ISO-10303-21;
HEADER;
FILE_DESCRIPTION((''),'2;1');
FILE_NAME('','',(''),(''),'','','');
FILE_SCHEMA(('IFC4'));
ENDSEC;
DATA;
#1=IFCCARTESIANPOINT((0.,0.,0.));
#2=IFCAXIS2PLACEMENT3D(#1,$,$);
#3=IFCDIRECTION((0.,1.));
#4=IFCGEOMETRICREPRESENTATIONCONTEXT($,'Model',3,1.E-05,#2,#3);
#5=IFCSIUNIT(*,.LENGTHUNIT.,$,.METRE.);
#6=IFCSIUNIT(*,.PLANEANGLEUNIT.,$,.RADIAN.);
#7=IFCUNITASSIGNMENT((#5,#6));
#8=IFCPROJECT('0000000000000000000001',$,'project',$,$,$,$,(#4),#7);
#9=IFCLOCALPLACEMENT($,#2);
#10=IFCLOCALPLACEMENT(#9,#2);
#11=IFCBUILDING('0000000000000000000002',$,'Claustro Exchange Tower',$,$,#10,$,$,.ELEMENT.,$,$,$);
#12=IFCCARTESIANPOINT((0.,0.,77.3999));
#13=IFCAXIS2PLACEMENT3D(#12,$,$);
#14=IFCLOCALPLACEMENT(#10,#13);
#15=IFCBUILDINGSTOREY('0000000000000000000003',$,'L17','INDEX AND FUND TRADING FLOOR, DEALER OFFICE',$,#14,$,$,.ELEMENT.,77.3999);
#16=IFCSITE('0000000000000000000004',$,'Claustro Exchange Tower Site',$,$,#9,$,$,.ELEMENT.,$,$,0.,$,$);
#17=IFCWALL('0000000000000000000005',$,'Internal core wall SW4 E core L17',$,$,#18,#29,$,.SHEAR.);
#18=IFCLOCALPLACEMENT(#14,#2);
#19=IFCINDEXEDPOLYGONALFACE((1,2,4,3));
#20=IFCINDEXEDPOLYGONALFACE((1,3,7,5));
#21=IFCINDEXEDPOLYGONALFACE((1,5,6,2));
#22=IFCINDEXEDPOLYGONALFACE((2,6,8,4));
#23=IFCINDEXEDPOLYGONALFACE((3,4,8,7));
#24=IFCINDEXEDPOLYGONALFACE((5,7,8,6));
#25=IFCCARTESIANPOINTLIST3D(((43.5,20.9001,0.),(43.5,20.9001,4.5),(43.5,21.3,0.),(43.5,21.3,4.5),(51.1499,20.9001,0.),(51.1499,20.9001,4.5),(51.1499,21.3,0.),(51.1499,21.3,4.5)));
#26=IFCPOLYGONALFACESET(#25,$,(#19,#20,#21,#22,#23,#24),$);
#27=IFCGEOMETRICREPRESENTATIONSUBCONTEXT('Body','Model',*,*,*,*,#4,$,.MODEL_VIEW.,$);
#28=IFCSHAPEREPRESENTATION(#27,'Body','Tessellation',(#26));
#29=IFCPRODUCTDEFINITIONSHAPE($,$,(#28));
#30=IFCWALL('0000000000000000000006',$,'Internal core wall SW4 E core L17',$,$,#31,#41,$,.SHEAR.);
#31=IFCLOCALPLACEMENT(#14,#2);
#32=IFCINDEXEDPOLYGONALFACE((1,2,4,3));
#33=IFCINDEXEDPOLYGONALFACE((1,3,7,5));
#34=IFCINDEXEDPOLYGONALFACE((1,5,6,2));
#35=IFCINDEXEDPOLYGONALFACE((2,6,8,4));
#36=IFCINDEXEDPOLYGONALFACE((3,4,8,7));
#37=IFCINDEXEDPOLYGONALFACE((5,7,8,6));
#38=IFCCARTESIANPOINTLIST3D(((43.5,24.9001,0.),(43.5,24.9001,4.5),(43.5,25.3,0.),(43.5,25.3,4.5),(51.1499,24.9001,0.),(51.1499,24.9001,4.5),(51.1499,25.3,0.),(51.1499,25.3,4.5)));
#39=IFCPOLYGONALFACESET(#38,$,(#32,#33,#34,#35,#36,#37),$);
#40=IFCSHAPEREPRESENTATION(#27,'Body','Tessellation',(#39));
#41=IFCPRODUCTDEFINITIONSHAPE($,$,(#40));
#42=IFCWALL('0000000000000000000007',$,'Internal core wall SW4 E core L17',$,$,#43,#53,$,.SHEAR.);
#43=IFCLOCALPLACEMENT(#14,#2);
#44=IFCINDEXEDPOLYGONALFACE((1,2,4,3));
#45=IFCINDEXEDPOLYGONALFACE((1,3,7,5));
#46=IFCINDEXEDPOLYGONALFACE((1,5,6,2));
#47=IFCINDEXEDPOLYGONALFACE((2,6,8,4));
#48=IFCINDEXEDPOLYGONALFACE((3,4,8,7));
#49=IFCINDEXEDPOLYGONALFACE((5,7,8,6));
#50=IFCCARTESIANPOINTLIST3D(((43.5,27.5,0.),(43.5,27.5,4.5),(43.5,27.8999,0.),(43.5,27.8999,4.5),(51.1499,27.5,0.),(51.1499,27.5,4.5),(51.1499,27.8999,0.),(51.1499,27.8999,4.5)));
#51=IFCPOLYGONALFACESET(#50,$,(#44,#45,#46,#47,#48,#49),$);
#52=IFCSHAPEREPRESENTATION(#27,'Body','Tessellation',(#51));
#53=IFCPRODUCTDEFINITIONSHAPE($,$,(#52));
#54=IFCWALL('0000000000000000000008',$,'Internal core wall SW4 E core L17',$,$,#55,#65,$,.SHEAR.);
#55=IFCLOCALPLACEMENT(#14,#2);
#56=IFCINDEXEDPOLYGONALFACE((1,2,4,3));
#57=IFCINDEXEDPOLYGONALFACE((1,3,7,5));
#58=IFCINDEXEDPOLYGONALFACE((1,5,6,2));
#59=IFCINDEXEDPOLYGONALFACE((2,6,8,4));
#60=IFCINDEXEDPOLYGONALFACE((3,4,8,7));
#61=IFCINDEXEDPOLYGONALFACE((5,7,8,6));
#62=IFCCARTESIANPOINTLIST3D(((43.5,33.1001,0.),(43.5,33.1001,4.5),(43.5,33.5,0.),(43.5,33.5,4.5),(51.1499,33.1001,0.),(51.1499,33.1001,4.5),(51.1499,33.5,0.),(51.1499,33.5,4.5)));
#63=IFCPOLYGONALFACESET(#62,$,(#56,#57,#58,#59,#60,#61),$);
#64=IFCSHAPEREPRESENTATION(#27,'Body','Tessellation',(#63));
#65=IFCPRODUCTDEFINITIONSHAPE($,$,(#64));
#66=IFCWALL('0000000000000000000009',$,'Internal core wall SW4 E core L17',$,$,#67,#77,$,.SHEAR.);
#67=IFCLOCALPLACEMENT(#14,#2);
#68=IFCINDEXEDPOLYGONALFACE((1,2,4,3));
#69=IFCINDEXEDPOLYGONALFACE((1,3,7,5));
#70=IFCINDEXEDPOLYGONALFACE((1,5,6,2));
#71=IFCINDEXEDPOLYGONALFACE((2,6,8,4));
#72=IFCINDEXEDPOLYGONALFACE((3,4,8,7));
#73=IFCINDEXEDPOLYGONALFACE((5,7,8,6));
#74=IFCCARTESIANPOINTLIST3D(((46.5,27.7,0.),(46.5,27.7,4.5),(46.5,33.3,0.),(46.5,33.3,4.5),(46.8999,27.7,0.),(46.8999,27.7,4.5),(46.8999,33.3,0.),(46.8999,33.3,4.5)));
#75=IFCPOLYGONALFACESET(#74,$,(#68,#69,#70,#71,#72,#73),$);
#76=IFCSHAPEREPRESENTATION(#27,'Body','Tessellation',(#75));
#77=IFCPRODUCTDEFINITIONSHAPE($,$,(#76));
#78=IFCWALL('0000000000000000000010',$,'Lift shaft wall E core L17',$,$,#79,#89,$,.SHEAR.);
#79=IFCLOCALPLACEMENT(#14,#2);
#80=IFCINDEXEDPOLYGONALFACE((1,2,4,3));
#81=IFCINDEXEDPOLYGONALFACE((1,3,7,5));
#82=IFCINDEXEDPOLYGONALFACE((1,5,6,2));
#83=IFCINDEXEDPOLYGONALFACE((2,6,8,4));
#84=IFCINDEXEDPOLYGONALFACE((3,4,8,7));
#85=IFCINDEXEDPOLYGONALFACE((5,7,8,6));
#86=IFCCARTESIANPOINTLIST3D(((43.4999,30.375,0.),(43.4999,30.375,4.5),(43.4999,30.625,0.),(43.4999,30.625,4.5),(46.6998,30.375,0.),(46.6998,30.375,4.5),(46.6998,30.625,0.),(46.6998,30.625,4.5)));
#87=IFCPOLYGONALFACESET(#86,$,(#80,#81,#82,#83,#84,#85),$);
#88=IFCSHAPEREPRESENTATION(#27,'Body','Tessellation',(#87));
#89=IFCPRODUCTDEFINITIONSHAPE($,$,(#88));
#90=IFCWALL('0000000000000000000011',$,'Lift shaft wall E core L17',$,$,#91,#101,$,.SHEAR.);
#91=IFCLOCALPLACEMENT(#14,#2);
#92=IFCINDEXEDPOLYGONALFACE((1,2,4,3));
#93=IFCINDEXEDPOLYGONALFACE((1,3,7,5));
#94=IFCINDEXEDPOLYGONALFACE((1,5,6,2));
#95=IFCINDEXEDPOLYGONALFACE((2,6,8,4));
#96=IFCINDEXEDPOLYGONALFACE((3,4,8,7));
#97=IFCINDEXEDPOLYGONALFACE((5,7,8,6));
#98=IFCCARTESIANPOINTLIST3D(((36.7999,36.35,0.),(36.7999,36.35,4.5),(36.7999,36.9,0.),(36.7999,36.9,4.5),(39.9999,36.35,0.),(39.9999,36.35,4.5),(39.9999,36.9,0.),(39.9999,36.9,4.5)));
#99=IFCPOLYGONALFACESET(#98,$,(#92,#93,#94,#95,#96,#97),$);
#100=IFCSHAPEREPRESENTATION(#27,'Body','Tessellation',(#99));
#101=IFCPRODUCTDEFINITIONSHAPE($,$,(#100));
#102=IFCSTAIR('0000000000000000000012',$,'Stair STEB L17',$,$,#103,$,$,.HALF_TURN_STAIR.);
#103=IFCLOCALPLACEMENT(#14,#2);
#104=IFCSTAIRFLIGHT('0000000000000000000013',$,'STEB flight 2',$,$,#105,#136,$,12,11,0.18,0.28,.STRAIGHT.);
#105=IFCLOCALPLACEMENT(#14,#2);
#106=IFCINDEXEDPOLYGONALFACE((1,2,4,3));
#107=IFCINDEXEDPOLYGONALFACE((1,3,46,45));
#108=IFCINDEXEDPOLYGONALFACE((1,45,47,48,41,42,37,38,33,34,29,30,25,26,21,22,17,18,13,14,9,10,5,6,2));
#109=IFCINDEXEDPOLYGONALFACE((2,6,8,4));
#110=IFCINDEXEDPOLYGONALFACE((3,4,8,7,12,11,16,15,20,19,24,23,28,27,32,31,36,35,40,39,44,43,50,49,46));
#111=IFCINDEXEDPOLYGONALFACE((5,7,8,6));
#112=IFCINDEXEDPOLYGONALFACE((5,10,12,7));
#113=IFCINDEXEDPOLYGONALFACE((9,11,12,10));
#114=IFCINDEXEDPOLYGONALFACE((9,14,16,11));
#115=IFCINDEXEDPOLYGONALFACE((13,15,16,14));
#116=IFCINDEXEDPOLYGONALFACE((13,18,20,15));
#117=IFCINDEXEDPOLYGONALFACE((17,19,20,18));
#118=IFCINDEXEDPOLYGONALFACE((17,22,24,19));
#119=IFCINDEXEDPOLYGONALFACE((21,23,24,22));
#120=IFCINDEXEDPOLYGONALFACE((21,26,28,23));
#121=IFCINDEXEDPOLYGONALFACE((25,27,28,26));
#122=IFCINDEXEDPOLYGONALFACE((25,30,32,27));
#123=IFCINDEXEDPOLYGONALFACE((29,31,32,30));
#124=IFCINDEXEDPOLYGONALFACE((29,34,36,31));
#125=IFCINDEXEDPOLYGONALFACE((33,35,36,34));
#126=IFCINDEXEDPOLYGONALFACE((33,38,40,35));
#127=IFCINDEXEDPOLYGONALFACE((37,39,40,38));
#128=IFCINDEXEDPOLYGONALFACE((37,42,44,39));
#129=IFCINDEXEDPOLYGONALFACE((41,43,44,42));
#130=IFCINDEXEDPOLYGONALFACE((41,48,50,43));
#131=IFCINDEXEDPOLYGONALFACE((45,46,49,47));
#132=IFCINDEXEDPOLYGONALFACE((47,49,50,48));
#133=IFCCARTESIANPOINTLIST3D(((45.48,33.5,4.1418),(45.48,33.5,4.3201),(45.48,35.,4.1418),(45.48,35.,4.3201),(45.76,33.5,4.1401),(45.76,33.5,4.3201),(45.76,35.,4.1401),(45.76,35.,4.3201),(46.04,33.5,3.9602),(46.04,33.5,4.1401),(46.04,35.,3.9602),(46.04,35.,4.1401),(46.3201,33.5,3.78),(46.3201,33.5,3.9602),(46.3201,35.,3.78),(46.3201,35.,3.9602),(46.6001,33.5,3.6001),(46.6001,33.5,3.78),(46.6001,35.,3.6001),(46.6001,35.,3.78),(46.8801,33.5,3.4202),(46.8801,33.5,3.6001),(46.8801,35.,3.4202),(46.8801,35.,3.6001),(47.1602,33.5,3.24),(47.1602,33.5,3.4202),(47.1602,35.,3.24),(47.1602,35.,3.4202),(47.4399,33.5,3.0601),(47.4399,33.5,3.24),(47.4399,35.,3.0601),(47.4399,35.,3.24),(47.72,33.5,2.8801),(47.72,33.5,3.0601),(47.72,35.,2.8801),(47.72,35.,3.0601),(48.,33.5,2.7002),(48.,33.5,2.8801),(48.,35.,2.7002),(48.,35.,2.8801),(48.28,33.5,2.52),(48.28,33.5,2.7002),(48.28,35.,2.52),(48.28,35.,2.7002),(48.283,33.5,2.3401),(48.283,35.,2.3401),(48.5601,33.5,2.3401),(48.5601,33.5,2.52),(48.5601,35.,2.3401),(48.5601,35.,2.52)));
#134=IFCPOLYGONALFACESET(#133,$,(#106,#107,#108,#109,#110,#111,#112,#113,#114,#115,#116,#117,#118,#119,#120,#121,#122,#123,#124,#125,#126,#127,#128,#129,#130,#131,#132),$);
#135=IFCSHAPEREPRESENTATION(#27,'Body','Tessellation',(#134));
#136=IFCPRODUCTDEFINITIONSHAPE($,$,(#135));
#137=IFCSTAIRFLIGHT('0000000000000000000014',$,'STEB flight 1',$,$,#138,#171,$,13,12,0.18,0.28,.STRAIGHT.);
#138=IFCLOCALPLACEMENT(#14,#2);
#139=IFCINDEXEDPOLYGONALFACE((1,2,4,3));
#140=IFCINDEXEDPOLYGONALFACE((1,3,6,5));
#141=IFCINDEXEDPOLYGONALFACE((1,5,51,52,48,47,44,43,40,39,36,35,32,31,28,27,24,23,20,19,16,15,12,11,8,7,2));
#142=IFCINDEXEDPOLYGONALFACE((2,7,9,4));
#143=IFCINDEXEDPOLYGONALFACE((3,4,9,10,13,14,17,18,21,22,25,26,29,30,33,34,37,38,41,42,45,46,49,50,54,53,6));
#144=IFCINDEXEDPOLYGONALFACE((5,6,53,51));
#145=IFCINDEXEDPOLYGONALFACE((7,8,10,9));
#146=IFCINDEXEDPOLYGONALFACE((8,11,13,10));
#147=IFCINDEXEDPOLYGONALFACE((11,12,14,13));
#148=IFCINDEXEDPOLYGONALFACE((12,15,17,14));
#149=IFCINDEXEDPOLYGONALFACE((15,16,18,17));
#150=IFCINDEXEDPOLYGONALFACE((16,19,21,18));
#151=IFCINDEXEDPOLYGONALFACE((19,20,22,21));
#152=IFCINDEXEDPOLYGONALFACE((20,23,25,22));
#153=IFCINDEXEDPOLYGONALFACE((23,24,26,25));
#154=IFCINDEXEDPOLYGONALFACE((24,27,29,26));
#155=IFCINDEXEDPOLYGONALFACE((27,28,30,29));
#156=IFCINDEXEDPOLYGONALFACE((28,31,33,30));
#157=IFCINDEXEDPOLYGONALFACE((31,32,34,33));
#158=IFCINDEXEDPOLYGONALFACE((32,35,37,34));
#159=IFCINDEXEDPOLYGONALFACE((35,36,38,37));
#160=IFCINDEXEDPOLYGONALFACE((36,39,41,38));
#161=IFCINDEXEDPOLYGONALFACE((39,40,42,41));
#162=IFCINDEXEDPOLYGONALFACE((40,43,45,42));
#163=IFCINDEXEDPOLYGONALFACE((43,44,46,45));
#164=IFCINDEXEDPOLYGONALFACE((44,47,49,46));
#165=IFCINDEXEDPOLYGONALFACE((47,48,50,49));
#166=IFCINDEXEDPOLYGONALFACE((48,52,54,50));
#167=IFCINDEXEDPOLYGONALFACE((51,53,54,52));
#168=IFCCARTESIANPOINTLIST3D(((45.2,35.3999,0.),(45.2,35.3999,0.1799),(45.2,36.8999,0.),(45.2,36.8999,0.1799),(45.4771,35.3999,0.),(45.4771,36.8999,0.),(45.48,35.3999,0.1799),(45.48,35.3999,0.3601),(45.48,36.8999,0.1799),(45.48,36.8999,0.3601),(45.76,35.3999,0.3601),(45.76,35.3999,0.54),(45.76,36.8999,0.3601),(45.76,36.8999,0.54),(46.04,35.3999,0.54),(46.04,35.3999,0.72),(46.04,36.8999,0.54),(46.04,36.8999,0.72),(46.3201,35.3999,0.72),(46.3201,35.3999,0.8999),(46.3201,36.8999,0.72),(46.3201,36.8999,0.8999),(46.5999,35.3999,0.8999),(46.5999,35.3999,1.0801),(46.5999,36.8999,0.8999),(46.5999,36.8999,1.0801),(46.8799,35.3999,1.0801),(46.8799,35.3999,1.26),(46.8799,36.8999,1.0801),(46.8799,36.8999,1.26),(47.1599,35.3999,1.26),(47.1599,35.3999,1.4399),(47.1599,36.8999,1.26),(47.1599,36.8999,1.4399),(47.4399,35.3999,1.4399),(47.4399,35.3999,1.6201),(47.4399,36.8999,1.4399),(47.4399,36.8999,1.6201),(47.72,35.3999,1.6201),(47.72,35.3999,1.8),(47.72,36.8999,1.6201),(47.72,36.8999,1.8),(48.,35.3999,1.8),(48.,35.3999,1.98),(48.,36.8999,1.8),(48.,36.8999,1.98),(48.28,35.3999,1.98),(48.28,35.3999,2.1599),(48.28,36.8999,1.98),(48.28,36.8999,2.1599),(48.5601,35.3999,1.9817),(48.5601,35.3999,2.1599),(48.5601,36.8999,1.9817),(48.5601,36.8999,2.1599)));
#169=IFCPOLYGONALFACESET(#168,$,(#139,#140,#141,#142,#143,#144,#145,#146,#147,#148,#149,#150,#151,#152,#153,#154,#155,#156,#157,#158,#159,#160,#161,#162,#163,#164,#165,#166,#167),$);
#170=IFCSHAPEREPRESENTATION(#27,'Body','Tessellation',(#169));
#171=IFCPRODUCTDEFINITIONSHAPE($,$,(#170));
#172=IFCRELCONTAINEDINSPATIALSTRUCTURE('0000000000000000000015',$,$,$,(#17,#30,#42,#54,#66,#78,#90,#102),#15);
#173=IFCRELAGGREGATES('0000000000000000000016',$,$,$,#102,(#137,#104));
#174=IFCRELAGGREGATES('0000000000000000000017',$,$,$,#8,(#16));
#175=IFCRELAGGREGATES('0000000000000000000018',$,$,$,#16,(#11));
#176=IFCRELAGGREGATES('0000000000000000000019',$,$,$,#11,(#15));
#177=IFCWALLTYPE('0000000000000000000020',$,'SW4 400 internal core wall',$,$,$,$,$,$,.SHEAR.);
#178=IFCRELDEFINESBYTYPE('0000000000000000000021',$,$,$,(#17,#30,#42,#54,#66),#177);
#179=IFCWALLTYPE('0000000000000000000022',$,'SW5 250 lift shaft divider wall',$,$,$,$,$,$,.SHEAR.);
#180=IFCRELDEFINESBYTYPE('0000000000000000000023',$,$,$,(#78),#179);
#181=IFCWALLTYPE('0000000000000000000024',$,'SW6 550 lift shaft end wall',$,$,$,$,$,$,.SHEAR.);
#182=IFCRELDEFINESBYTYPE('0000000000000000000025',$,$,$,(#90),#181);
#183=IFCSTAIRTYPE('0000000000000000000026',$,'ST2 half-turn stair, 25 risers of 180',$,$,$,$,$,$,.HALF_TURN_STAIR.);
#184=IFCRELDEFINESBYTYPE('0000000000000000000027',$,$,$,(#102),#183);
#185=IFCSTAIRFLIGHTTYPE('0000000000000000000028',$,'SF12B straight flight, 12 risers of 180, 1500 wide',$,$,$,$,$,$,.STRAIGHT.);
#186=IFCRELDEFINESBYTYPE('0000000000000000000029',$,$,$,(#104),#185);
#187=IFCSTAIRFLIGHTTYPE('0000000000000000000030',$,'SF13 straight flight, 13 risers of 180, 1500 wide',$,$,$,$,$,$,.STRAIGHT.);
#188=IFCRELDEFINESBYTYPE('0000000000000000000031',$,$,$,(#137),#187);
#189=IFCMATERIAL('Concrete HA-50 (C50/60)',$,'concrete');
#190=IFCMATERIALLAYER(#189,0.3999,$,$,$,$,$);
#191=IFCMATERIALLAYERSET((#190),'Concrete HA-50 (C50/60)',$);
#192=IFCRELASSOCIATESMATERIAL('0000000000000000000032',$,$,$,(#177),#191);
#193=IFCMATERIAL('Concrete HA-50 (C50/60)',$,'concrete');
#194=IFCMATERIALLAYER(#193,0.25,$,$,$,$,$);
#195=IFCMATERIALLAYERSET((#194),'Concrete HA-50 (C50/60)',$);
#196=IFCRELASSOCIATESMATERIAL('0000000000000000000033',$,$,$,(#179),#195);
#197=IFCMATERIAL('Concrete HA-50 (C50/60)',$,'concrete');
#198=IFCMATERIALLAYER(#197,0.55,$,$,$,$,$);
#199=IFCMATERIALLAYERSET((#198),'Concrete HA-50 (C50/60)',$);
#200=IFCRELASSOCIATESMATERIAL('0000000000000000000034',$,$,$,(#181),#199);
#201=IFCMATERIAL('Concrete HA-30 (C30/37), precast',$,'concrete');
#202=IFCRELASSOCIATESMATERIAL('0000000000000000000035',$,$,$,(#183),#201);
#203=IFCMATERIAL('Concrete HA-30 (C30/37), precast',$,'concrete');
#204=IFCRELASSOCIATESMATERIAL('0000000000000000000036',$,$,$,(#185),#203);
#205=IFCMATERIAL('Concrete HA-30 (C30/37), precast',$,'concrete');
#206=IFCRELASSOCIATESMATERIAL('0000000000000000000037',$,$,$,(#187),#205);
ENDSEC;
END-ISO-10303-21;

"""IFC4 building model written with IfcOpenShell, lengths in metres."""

from ifc_helpers import new_model, si_unit, direction, frame, frame_2d, origin, place, context, subcontext, project, spatial, polyline, rectangle, outline, extrude, material, layer, layer_set, type_object, element, aggregate, save


model = new_model("IFC4")

# Units and contexts
model_context = context("Model", 3, precision=1e-05, world=origin(), true_north=direction((0.0, 1.0)))
body_context = subcontext(model_context, "Body", "Model", "MODEL_VIEW")
ifc_project = project(units=[si_unit("LENGTHUNIT", "METRE"), si_unit("PLANEANGLEUNIT", "RADIAN")], contexts=[model_context])

# Site, building, storey
site_placement = place(None, origin())
site = spatial("IfcSite", under=ifc_project, at=site_placement, Name="Claustro Exchange Tower Site", CompositionType="ELEMENT", RefElevation=0.0)
building_placement = place(site_placement, origin())
building = spatial("IfcBuilding", under=site, at=building_placement, Name="Claustro Exchange Tower", CompositionType="ELEMENT")
storey_placement = place(building_placement, frame((0.0, 0.0, 77.3999)))
storey = spatial("IfcBuildingStorey", under=building, at=storey_placement, Name="L17", Description="INDEX AND FUND TRADING FLOOR, DEALER OFFICE", CompositionType="ELEMENT", Elevation=77.3999)

# Walls
ifc_material_1 = material(Name="Concrete HA-50 (C50/60)", Category="concrete")
ifc_layer_1 = layer(ifc_material_1, 0.3999)
ifc_layer_set_1 = layer_set([ifc_layer_1], Name="Concrete HA-50 (C50/60)")
wall_type_1 = type_object("IfcWallType", Name="SW4 400 internal core wall", PredefinedType="SHEAR", material=ifc_layer_set_1)
for number, where, z_axis, x_axis, name in (
    (1, (51.1499, 21.1001, 0.0), (0.0, 0.0, 1.0), (-1.0, 0.0, 0.0), "Internal core wall SW4 E core L17"),
    (2, (51.1499, 25.1001, 0.0), (0.0, 0.0, 1.0), (-1.0, 0.0, 0.0), "Internal core wall SW4 E core L17"),
    (3, (51.1499, 27.7, 0.0), (0.0, 0.0, 1.0), (-1.0, 0.0, 0.0), "Internal core wall SW4 E core L17"),
    (4, (51.1499, 33.3, 0.0), (0.0, 0.0, 1.0), (-1.0, 0.0, 0.0), "Internal core wall SW4 E core L17"),
):
    element("IfcWall", number, at=place(storey_placement, frame(where, z_axis=z_axis, x_axis=x_axis)), inside=storey, type_object=wall_type_1, Name=name, PredefinedType="SHEAR", context=body_context, shape_type="SweptSolid", body=[
        extrude(rectangle(XDim=7.6499, YDim=0.3999, at=frame_2d((3.825, 0.0))), origin(), (0.0, 0.0, 1.0), 4.5),
    ])
wall_1_placement = place(storey_placement, frame((46.7, 27.7, 0.0), z_axis=(0.0, 0.0, 1.0), x_axis=(0.0, 1.0, 0.0)))
element("IfcWall", 5, at=wall_1_placement, inside=storey, type_object=wall_type_1, Name="Internal core wall SW4 E core L17", PredefinedType="SHEAR", context=body_context, shape_type="SweptSolid", body=[
    extrude(rectangle(XDim=5.6001, YDim=0.3999, at=frame_2d((2.8, 0.0))), origin(), (0.0, 0.0, 1.0), 4.5),
])
ifc_material_2 = material(Name="Concrete HA-50 (C50/60)", Category="concrete")
ifc_layer_2 = layer(ifc_material_2, 0.25)
ifc_layer_set_2 = layer_set([ifc_layer_2], Name="Concrete HA-50 (C50/60)")
wall_type_2 = type_object("IfcWallType", Name="SW5 250 lift shaft divider wall", PredefinedType="SHEAR", material=ifc_layer_set_2)
wall_2_placement = place(storey_placement, frame((46.7, 30.5, 0.0), z_axis=(0.0, 0.0, 1.0), x_axis=(-1.0, 0.0, 0.0)))
element("IfcWall", 6, at=wall_2_placement, inside=storey, type_object=wall_type_2, Name="Lift shaft wall E core L17", PredefinedType="SHEAR", context=body_context, shape_type="SweptSolid", body=[
    extrude(rectangle(XDim=3.2, YDim=0.25, at=frame_2d((1.6001, 0.0))), origin(), (0.0, 0.0, 1.0), 4.5),
])
ifc_material_3 = material(Name="Concrete HA-50 (C50/60)", Category="concrete")
ifc_layer_3 = layer(ifc_material_3, 0.55)
ifc_layer_set_3 = layer_set([ifc_layer_3], Name="Concrete HA-50 (C50/60)")
wall_type_3 = type_object("IfcWallType", Name="SW6 550 lift shaft end wall", PredefinedType="SHEAR", material=ifc_layer_set_3)
wall_3_placement = place(storey_placement, frame((40.0, 36.625, 0.0), z_axis=(0.0, 0.0, 1.0), x_axis=(-1.0, 0.0, 0.0)))
element("IfcWall", 7, at=wall_3_placement, inside=storey, type_object=wall_type_3, Name="Lift shaft wall E core L17", PredefinedType="SHEAR", context=body_context, shape_type="SweptSolid", body=[
    extrude(rectangle(XDim=3.2, YDim=0.55, at=frame_2d((1.6001, 0.0))), origin(), (0.0, 0.0, 1.0), 4.5),
])

# Stair, stair flights
ifc_material_4 = material(Name="Concrete HA-30 (C30/37), precast", Category="concrete")
stair_type = type_object("IfcStairType", Name="ST2 half-turn stair, 25 risers of 180", PredefinedType="HALF_TURN_STAIR", material=ifc_material_4)
stair_placement = place(storey_placement, origin())
stair = element("IfcStair", 8, at=stair_placement, inside=storey, type_object=stair_type, Name="Stair STEB L17", PredefinedType="HALF_TURN_STAIR")
ifc_material_5 = material(Name="Concrete HA-30 (C30/37), precast", Category="concrete")
stair_flight_type_1 = type_object("IfcStairFlightType", Name="SF12B straight flight, 12 risers of 180, 1500 wide", PredefinedType="STRAIGHT", material=ifc_material_5)
stair_flight_1_placement = place(storey_placement, frame((48.5601, 34.25, 2.3401), z_axis=(0.0, 0.0, 1.0), x_axis=(-1.0, 0.0, 0.0)))
stair_flight_1 = element("IfcStairFlight", 9, at=stair_flight_1_placement, type_object=stair_flight_type_1, Name="STEB flight 2", NumberOfRisers=12, NumberOfTreads=11, PredefinedType="STRAIGHT", RiserHeight=0.18, TreadLength=0.28, context=body_context, shape_type="SweptSolid", body=[
    extrude(outline(polyline([(0.0, 0.0), (0.0, 0.1799), (0.28, 0.1799), (0.28, 0.3601), (0.5601, 0.3601), (0.5601, 0.54), (0.8401, 0.54), (0.8401, 0.72), (1.1201, 0.72), (1.1201, 0.8999), (1.3999, 0.8999), (1.3999, 1.0801), (1.6799, 1.0801), (1.6799, 1.26), (1.96, 1.26), (1.96, 1.4399), (2.24, 1.4399), (2.24, 1.6201), (2.52, 1.6201), (2.52, 1.8), (2.8, 1.8), (2.8, 1.98), (3.0801, 1.98), (3.0801, 2.1599), (3.0801, 1.8018), (0.2771, 0.0), (0.0, 0.0)])), frame((0.0, 0.75, 0.0), z_axis=(0.0, -1.0, 0.0), x_axis=(1.0, 0.0, 0.0)), (0.0, 0.0, 1.0), 1.5),
])
ifc_material_6 = material(Name="Concrete HA-30 (C30/37), precast", Category="concrete")
stair_flight_type_2 = type_object("IfcStairFlightType", Name="SF13 straight flight, 13 risers of 180, 1500 wide", PredefinedType="STRAIGHT", material=ifc_material_6)
stair_flight_2_placement = place(storey_placement, frame((45.2, 36.1499, 0.0), z_axis=(0.0, 0.0, 1.0), x_axis=(1.0, 0.0, 0.0)))
stair_flight_2 = element("IfcStairFlight", 10, at=stair_flight_2_placement, type_object=stair_flight_type_2, Name="STEB flight 1", NumberOfRisers=13, NumberOfTreads=12, PredefinedType="STRAIGHT", RiserHeight=0.18, TreadLength=0.28, context=body_context, shape_type="SweptSolid", body=[
    extrude(outline(polyline([(0.0, 0.0), (0.0, 0.1799), (0.28, 0.1799), (0.28, 0.3601), (0.5601, 0.3601), (0.5601, 0.54), (0.8401, 0.54), (0.8401, 0.72), (1.1201, 0.72), (1.1201, 0.8999), (1.3999, 0.8999), (1.3999, 1.0801), (1.6799, 1.0801), (1.6799, 1.26), (1.96, 1.26), (1.96, 1.4399), (2.24, 1.4399), (2.24, 1.6201), (2.52, 1.6201), (2.52, 1.8), (2.8, 1.8), (2.8, 1.98), (3.0801, 1.98), (3.0801, 2.1599), (3.3601, 2.1599), (3.3601, 2.3401), (3.3601, 1.9817), (0.2771, 0.0), (0.0, 0.0)])), frame((0.0, 0.75, 0.0), z_axis=(0.0, -1.0, 0.0), x_axis=(1.0, 0.0, 0.0)), (0.0, 0.0, 1.0), 1.5),
])
aggregate(stair, [stair_flight_2, stair_flight_1])

save(model, "model.ifc")
